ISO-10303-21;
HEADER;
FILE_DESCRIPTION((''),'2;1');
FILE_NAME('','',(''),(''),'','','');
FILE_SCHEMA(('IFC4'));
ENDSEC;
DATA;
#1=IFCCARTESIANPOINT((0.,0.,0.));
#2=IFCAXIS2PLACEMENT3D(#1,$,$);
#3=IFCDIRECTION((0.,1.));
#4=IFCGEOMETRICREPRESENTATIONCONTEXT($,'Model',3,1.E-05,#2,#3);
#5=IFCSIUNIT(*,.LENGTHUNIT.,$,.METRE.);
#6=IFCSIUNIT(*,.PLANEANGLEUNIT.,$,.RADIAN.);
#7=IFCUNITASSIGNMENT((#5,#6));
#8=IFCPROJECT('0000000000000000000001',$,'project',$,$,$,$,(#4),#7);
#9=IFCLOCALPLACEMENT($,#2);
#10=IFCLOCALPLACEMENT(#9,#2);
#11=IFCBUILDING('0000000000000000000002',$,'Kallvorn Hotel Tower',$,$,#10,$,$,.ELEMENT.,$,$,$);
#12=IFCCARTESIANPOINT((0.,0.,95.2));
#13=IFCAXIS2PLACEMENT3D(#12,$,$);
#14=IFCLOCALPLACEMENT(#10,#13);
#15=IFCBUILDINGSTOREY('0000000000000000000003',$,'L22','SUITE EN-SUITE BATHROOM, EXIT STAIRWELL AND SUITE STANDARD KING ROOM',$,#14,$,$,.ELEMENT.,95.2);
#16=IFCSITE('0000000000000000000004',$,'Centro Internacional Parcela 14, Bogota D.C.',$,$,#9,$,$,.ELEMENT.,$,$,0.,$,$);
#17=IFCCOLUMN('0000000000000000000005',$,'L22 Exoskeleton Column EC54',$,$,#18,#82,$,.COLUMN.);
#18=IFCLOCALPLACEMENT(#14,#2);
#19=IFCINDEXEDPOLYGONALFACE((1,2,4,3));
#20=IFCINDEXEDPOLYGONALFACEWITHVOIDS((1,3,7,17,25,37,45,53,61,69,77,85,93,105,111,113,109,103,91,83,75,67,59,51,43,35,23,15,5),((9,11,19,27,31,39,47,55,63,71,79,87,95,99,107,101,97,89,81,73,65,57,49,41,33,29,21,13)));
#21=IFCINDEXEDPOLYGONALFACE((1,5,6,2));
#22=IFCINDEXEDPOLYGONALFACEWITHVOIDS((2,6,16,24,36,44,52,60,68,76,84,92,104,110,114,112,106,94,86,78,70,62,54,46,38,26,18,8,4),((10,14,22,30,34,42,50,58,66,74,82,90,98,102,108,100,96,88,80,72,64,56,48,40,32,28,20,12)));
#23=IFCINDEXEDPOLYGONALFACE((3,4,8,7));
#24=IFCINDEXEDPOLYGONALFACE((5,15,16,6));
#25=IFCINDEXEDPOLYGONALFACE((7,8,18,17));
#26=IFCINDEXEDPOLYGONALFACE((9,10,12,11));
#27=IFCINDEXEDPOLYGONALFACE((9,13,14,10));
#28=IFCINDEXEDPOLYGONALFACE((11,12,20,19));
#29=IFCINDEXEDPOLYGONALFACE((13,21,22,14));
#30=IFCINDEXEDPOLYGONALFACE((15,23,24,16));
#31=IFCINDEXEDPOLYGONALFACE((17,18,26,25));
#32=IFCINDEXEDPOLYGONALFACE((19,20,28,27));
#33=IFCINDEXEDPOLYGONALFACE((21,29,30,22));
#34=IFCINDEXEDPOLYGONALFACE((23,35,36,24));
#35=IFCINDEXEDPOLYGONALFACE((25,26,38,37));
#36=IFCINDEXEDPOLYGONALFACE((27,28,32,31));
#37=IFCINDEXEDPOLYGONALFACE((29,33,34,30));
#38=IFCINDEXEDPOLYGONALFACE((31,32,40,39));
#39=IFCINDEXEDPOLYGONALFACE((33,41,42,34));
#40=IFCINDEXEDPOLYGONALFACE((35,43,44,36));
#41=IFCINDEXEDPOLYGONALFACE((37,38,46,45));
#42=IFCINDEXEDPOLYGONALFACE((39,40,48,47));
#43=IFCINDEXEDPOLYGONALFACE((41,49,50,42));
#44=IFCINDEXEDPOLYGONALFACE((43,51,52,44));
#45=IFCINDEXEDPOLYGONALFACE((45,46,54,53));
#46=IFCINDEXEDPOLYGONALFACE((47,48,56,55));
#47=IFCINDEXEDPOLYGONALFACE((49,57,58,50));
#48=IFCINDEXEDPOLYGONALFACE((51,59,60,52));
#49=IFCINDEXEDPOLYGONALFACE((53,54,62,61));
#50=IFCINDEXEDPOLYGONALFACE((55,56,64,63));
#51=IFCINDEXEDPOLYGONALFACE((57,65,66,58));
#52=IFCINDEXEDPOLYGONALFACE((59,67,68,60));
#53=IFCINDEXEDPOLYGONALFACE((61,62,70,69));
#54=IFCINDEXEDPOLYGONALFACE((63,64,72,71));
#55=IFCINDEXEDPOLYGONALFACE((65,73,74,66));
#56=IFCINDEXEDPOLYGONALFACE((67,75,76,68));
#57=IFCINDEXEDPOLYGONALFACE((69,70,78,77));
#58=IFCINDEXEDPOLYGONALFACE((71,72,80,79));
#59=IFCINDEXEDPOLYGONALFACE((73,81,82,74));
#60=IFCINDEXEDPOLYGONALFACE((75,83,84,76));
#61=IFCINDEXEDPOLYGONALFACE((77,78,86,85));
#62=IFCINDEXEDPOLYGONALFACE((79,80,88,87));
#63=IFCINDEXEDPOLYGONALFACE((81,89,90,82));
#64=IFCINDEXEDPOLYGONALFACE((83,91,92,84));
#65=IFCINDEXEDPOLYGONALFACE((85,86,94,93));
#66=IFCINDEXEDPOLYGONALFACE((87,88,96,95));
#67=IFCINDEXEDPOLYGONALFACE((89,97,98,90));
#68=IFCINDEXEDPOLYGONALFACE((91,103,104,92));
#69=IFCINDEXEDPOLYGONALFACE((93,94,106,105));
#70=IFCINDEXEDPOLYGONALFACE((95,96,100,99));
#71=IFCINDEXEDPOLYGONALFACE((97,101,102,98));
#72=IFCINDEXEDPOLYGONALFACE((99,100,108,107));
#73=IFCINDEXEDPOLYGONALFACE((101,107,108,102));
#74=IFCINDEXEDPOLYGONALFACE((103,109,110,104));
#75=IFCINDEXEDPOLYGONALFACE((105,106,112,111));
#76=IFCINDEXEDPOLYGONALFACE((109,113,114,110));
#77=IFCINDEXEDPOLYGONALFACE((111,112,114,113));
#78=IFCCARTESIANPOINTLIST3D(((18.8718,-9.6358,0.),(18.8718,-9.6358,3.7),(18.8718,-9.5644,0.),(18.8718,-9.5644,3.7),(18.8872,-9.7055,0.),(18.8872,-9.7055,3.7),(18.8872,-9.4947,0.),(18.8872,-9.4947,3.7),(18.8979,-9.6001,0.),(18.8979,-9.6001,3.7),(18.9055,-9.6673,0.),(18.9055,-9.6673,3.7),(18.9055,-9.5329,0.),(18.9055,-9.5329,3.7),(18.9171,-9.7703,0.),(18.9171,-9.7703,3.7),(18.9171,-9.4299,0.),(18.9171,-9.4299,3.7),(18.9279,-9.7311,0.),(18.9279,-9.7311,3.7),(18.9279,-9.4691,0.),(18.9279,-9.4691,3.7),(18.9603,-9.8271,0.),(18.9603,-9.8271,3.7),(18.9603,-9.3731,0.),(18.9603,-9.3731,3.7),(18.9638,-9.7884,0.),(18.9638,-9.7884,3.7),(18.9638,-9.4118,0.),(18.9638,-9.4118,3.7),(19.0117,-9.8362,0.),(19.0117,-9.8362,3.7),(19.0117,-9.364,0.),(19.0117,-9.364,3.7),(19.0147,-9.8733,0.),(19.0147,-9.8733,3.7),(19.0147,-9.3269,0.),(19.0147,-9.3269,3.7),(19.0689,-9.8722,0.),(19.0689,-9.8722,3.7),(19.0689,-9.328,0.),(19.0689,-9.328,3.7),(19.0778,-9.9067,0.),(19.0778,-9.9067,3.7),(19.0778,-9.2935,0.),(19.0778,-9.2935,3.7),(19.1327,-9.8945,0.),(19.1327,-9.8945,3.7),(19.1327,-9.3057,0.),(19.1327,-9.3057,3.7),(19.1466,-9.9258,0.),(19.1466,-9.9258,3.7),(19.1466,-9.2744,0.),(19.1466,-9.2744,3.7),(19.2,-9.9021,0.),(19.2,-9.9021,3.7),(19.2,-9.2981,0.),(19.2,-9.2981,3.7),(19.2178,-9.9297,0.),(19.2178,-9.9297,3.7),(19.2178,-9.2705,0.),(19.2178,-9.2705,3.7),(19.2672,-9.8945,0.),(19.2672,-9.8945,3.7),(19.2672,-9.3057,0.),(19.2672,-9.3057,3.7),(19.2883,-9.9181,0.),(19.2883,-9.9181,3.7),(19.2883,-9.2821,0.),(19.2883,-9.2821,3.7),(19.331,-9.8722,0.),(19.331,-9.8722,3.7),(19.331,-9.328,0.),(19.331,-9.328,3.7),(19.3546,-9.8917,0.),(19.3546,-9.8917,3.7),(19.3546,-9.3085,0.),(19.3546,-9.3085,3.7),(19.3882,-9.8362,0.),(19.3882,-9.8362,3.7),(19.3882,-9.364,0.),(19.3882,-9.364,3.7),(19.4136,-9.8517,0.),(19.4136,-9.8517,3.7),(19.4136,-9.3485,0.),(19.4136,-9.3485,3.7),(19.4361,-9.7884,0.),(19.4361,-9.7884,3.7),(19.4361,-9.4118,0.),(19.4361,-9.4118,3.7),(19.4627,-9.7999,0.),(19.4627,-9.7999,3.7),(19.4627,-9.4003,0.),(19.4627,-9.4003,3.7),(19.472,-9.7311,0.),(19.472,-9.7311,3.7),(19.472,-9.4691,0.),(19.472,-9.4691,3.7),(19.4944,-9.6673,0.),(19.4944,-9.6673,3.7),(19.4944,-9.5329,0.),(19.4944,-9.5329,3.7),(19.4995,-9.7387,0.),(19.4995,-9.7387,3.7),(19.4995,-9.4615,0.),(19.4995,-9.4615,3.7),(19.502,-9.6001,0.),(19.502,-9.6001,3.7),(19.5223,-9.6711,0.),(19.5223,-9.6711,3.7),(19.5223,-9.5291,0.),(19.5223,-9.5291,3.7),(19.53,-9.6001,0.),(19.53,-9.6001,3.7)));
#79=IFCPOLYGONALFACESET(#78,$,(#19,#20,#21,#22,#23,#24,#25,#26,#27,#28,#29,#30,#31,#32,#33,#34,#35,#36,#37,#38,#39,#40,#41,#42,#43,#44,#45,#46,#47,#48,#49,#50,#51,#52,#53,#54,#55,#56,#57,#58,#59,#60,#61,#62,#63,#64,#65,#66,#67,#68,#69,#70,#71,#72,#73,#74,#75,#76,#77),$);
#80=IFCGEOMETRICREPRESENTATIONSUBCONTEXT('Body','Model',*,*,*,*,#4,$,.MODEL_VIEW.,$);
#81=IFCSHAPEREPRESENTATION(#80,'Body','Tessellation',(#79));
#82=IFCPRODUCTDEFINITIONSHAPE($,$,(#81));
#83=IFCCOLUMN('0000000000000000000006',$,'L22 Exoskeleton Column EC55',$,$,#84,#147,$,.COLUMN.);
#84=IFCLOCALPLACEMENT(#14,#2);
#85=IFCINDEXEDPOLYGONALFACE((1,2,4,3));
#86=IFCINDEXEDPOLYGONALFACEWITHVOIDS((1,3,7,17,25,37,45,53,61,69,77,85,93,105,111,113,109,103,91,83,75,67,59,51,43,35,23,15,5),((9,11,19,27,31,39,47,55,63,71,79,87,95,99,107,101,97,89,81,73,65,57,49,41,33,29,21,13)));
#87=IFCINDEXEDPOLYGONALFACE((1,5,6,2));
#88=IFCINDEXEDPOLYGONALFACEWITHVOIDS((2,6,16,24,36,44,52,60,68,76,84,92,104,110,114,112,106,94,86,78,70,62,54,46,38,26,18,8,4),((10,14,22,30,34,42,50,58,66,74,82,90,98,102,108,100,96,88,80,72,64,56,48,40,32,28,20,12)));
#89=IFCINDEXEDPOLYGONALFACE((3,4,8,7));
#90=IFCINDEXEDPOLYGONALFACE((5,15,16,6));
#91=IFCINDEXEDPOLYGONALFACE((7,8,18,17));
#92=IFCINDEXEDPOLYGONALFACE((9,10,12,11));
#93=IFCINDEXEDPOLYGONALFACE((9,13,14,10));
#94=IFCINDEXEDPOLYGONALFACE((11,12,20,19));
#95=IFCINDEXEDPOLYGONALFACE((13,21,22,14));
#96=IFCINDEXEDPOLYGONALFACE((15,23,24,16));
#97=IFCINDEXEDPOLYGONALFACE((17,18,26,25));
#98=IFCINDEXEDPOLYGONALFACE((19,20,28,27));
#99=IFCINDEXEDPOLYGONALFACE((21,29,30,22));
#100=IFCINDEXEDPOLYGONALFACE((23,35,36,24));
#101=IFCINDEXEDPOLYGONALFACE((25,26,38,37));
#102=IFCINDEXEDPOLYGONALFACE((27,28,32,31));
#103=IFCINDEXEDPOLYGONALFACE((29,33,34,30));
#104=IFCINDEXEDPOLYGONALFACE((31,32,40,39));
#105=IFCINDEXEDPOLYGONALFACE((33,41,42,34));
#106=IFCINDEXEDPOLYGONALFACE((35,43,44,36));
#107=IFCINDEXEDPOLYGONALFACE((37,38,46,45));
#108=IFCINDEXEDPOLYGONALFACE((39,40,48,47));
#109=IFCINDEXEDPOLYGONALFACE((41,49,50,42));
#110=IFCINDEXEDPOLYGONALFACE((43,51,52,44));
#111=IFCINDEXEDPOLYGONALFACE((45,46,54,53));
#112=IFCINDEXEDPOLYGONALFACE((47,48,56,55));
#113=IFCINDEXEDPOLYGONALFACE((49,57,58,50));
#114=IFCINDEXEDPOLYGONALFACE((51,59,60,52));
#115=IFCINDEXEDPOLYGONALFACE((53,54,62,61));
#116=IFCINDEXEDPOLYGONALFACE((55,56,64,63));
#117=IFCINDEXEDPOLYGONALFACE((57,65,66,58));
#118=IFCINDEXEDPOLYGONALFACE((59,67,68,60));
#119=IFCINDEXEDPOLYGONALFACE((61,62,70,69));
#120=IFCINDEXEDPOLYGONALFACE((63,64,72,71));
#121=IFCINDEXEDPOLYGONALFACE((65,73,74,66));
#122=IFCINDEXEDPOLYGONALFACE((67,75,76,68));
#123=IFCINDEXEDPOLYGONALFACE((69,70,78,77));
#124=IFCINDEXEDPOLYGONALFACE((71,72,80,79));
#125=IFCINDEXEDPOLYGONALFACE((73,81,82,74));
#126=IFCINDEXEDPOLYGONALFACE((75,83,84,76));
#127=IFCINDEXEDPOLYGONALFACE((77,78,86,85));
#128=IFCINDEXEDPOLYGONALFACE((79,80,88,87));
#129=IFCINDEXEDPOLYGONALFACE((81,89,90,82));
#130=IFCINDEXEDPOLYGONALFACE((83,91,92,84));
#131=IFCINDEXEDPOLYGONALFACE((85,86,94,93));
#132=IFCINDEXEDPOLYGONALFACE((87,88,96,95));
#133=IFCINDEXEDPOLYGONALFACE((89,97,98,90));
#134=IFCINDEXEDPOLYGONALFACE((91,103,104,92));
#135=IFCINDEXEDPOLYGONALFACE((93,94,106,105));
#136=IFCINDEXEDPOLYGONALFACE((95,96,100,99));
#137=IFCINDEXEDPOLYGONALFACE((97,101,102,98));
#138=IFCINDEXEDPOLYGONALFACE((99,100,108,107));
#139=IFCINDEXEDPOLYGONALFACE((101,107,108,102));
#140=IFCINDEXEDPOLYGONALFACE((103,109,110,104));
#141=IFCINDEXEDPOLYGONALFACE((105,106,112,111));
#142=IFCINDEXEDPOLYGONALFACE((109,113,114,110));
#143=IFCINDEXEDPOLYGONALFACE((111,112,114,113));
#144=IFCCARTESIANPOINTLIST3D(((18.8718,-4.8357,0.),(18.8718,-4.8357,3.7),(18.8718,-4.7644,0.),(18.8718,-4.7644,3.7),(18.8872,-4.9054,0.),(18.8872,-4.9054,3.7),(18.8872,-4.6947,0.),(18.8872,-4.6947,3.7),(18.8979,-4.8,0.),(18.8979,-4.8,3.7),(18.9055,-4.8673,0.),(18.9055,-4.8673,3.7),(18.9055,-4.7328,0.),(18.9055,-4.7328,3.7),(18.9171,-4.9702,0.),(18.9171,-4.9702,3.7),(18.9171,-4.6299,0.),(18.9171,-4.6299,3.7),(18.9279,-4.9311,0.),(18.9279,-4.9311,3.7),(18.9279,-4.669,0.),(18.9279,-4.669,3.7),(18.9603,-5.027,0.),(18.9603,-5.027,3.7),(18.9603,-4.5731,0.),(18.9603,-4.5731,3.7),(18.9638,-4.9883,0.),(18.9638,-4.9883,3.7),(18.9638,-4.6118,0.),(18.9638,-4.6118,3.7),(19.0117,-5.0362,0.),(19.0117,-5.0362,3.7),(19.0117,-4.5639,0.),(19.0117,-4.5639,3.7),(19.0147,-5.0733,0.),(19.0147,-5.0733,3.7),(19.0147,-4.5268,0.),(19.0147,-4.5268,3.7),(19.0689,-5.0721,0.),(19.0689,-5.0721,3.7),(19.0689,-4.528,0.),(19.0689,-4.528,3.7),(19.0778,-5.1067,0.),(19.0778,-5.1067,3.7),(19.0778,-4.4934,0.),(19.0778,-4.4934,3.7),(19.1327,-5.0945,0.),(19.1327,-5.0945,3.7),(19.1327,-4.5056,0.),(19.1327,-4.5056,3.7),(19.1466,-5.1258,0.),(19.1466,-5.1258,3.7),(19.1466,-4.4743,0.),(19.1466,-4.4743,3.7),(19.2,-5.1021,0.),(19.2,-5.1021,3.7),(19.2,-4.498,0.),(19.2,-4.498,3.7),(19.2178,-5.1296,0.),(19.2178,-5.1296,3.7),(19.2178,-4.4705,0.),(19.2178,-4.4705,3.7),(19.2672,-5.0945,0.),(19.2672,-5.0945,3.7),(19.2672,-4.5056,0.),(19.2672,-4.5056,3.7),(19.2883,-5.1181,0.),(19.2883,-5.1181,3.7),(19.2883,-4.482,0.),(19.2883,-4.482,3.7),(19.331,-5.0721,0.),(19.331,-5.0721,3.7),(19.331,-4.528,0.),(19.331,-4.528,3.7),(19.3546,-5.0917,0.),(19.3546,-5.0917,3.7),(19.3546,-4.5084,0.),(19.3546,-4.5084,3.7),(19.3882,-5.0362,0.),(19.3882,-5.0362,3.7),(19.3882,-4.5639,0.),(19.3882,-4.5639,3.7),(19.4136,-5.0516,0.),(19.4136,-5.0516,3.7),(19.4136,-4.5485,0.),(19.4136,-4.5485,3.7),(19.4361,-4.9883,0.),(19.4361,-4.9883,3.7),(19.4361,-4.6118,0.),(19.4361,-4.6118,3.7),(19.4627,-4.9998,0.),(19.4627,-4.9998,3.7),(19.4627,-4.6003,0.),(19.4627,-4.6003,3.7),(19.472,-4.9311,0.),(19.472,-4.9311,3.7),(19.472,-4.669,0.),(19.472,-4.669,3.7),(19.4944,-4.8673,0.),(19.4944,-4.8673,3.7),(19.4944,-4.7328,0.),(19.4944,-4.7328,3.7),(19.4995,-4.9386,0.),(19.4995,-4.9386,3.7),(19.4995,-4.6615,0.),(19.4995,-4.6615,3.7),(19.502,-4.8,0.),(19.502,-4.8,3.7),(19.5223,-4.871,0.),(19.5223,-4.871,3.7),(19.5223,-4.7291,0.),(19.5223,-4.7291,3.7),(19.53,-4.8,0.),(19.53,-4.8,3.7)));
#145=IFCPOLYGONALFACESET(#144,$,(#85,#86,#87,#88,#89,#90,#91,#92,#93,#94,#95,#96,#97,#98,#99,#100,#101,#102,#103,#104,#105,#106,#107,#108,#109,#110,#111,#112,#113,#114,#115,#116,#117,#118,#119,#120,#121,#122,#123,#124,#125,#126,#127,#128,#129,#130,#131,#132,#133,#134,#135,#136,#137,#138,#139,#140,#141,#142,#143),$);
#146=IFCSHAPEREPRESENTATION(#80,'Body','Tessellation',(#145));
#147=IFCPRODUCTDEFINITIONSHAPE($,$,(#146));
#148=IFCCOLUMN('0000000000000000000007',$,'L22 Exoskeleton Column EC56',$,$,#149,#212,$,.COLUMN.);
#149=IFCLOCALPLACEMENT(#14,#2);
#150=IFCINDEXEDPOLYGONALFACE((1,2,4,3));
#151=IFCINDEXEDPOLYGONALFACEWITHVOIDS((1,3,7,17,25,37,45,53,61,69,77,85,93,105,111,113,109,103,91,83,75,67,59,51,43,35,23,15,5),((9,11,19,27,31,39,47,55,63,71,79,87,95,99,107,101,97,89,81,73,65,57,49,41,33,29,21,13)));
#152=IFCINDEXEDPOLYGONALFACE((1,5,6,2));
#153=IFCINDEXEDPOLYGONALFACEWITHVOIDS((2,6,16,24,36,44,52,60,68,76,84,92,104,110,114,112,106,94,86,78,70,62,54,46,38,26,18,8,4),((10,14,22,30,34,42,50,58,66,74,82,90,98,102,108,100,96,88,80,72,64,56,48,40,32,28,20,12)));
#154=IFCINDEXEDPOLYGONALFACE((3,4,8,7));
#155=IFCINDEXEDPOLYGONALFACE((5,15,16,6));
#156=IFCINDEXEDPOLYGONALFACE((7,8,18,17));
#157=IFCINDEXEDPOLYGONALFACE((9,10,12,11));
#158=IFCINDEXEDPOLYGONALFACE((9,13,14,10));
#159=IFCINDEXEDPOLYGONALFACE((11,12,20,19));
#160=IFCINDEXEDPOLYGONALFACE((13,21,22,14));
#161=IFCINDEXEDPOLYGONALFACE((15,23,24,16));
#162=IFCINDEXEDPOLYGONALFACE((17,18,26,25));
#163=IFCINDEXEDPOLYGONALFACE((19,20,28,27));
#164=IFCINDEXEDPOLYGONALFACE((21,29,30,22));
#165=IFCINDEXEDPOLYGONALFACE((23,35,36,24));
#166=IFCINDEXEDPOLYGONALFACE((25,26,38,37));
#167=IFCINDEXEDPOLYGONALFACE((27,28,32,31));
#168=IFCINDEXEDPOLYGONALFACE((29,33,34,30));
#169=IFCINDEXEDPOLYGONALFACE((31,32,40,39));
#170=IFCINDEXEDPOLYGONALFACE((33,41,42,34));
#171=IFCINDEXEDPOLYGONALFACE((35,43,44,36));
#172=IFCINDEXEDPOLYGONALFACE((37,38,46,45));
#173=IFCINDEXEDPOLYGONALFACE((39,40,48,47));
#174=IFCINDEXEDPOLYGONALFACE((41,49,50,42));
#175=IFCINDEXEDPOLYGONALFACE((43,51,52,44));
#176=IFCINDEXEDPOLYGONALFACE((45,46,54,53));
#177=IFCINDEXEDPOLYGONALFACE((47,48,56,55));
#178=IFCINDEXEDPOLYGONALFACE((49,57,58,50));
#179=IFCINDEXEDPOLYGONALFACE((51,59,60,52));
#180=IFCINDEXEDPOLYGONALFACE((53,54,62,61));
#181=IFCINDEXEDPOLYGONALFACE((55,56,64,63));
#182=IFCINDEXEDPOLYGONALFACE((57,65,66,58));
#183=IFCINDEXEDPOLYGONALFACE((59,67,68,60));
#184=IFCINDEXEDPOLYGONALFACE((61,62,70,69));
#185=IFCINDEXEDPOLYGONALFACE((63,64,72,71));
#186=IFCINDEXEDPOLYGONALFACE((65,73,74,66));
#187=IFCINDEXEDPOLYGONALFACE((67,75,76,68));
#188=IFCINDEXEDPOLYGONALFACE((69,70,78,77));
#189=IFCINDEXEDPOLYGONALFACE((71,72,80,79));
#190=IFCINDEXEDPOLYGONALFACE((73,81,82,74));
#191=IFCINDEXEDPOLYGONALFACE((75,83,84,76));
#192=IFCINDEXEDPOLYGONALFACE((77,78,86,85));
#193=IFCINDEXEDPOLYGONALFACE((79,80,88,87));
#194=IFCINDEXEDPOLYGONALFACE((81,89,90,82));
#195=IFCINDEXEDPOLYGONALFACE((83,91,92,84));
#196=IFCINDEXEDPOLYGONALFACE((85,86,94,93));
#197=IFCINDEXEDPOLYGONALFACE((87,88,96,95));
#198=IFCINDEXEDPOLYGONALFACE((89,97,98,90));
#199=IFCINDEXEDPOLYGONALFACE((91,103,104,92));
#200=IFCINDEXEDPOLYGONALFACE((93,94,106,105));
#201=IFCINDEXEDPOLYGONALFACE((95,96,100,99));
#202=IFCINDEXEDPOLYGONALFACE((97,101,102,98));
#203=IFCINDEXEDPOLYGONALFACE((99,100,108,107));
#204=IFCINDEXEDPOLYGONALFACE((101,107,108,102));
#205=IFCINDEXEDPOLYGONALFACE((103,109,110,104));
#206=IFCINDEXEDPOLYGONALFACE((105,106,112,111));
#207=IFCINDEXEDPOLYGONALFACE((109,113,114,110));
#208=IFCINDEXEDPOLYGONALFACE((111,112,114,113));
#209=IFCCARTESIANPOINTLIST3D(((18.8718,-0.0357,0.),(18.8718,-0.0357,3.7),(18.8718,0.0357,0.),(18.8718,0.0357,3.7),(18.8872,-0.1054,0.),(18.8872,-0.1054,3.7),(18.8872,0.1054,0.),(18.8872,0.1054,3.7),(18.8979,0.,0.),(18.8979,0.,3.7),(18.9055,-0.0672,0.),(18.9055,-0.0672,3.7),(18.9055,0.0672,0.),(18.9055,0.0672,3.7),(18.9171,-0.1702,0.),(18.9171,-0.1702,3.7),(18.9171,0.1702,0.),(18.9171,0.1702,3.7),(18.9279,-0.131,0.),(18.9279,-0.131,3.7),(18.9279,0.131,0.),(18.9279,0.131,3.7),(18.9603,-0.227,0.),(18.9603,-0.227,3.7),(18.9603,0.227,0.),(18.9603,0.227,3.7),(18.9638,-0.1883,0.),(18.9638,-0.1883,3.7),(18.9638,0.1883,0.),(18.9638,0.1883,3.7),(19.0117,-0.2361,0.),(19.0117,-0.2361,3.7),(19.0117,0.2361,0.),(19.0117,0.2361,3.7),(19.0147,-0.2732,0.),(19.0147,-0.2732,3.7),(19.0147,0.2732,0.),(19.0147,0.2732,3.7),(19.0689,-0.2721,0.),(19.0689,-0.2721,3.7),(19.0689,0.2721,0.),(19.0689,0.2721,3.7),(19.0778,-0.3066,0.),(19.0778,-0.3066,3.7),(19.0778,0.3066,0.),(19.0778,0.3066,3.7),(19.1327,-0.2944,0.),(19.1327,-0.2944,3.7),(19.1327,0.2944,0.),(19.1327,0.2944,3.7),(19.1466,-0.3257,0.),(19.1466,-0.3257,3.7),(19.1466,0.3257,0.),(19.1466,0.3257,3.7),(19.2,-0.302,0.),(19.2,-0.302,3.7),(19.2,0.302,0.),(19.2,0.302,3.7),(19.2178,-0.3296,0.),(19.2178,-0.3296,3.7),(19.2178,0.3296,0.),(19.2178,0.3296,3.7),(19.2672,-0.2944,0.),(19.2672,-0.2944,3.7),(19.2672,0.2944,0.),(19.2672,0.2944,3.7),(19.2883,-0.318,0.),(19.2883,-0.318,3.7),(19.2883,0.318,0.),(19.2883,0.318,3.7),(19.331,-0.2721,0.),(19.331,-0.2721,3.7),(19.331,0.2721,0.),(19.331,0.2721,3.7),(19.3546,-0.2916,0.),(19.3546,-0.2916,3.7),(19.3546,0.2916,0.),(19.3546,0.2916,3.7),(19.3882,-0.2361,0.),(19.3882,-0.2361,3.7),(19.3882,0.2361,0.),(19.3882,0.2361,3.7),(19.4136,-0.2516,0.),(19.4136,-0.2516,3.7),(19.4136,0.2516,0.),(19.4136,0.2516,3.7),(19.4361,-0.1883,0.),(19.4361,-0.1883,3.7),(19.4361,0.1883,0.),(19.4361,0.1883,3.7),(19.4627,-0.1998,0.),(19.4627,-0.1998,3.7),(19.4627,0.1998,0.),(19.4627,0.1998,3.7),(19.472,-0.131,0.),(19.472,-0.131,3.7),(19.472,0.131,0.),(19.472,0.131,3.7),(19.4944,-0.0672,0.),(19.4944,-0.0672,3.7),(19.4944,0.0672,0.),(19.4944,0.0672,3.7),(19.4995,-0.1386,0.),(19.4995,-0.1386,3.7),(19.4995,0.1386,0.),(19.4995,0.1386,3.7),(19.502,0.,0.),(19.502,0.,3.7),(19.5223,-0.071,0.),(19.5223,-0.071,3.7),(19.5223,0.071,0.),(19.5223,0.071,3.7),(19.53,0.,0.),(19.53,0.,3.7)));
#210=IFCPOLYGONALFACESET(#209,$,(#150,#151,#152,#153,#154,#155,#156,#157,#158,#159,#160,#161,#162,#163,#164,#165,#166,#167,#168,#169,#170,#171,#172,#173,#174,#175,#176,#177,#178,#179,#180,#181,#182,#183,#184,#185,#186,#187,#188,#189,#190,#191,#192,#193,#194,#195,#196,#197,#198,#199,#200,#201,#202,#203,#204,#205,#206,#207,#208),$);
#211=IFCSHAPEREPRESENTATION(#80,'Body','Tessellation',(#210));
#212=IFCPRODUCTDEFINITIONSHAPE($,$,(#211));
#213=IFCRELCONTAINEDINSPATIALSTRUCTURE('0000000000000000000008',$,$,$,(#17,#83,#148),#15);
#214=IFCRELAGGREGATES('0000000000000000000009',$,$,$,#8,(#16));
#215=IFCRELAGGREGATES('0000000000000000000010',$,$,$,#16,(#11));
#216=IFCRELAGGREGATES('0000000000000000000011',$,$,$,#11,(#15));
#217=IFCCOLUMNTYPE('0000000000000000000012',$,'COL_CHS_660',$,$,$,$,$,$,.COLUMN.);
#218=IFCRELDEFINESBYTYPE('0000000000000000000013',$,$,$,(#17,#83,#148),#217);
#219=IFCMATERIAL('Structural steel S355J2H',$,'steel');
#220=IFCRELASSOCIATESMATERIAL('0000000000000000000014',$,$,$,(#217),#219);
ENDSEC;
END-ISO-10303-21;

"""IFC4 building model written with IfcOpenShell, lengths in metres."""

from ifc_helpers import new_model, si_unit, direction, frame, origin, origin_2d, place, context, subcontext, project, spatial, hollow_circle, extrude, material, material_profile, profile_set, type_object, element, save


model = new_model("IFC4")

# Units and contexts
model_context = context("Model", 3, precision=1e-05, world=origin(), true_north=direction((0.0, 1.0)))
body_context = subcontext(model_context, "Body", "Model", "MODEL_VIEW")
ifc_project = project(units=[si_unit("LENGTHUNIT", "METRE"), si_unit("PLANEANGLEUNIT", "RADIAN")], contexts=[model_context])

# Site, building, storey
site_placement = place(None, origin())
site = spatial("IfcSite", under=ifc_project, at=site_placement, Name="Centro Internacional Parcela 14, Bogota D.C.", CompositionType="ELEMENT", RefElevation=0.0)
building_placement = place(site_placement, origin())
building = spatial("IfcBuilding", under=site, at=building_placement, Name="Kallvorn Hotel Tower", CompositionType="ELEMENT")
storey_placement = place(building_placement, frame((0.0, 0.0, 95.2)))
storey = spatial("IfcBuildingStorey", under=building, at=storey_placement, Name="L22", Description="SUITE EN-SUITE BATHROOM, EXIT STAIRWELL AND SUITE STANDARD KING ROOM", CompositionType="ELEMENT", Elevation=95.2)

# Columns
ifc_material_1 = material(Name="Structural steel S355J2H", Category="steel")
ifc_material_profile_1 = material_profile(ifc_material_1, hollow_circle(Radius=0.3301, WallThickness=0.0281, at=origin_2d()), Name="CHS 660x28")
ifc_profile_set_1 = profile_set([ifc_material_profile_1], Name="Structural steel S355J2H")
column_type_1 = type_object("IfcColumnType", Name="COL_CHS_660", PredefinedType="COLUMN", material=ifc_profile_set_1)
for number, where, z_axis, x_axis, name in (
    (1, (19.2, -9.6001, 0.0), (0.0, 0.0, 1.0), (1.0, 0.0, 0.0), "L22 Exoskeleton Column EC54"),
    (2, (19.2, -4.8, 0.0), (0.0, 0.0, 1.0), (1.0, 0.0, 0.0), "L22 Exoskeleton Column EC55"),
    (3, (19.2, 0.0, 0.0), (0.0, 0.0, 1.0), (1.0, 0.0, 0.0), "L22 Exoskeleton Column EC56"),
):
    element("IfcColumn", number, at=place(storey_placement, frame(where, z_axis=z_axis, x_axis=x_axis)), inside=storey, type_object=column_type_1, Name=name, PredefinedType="COLUMN", context=body_context, shape_type="SweptSolid", body=[
        extrude(hollow_circle(Radius=0.3301, WallThickness=0.0281, at=origin_2d()), origin(), (0.0, 0.0, 1.0), 3.7),
    ])

save(model, "model.ifc")
